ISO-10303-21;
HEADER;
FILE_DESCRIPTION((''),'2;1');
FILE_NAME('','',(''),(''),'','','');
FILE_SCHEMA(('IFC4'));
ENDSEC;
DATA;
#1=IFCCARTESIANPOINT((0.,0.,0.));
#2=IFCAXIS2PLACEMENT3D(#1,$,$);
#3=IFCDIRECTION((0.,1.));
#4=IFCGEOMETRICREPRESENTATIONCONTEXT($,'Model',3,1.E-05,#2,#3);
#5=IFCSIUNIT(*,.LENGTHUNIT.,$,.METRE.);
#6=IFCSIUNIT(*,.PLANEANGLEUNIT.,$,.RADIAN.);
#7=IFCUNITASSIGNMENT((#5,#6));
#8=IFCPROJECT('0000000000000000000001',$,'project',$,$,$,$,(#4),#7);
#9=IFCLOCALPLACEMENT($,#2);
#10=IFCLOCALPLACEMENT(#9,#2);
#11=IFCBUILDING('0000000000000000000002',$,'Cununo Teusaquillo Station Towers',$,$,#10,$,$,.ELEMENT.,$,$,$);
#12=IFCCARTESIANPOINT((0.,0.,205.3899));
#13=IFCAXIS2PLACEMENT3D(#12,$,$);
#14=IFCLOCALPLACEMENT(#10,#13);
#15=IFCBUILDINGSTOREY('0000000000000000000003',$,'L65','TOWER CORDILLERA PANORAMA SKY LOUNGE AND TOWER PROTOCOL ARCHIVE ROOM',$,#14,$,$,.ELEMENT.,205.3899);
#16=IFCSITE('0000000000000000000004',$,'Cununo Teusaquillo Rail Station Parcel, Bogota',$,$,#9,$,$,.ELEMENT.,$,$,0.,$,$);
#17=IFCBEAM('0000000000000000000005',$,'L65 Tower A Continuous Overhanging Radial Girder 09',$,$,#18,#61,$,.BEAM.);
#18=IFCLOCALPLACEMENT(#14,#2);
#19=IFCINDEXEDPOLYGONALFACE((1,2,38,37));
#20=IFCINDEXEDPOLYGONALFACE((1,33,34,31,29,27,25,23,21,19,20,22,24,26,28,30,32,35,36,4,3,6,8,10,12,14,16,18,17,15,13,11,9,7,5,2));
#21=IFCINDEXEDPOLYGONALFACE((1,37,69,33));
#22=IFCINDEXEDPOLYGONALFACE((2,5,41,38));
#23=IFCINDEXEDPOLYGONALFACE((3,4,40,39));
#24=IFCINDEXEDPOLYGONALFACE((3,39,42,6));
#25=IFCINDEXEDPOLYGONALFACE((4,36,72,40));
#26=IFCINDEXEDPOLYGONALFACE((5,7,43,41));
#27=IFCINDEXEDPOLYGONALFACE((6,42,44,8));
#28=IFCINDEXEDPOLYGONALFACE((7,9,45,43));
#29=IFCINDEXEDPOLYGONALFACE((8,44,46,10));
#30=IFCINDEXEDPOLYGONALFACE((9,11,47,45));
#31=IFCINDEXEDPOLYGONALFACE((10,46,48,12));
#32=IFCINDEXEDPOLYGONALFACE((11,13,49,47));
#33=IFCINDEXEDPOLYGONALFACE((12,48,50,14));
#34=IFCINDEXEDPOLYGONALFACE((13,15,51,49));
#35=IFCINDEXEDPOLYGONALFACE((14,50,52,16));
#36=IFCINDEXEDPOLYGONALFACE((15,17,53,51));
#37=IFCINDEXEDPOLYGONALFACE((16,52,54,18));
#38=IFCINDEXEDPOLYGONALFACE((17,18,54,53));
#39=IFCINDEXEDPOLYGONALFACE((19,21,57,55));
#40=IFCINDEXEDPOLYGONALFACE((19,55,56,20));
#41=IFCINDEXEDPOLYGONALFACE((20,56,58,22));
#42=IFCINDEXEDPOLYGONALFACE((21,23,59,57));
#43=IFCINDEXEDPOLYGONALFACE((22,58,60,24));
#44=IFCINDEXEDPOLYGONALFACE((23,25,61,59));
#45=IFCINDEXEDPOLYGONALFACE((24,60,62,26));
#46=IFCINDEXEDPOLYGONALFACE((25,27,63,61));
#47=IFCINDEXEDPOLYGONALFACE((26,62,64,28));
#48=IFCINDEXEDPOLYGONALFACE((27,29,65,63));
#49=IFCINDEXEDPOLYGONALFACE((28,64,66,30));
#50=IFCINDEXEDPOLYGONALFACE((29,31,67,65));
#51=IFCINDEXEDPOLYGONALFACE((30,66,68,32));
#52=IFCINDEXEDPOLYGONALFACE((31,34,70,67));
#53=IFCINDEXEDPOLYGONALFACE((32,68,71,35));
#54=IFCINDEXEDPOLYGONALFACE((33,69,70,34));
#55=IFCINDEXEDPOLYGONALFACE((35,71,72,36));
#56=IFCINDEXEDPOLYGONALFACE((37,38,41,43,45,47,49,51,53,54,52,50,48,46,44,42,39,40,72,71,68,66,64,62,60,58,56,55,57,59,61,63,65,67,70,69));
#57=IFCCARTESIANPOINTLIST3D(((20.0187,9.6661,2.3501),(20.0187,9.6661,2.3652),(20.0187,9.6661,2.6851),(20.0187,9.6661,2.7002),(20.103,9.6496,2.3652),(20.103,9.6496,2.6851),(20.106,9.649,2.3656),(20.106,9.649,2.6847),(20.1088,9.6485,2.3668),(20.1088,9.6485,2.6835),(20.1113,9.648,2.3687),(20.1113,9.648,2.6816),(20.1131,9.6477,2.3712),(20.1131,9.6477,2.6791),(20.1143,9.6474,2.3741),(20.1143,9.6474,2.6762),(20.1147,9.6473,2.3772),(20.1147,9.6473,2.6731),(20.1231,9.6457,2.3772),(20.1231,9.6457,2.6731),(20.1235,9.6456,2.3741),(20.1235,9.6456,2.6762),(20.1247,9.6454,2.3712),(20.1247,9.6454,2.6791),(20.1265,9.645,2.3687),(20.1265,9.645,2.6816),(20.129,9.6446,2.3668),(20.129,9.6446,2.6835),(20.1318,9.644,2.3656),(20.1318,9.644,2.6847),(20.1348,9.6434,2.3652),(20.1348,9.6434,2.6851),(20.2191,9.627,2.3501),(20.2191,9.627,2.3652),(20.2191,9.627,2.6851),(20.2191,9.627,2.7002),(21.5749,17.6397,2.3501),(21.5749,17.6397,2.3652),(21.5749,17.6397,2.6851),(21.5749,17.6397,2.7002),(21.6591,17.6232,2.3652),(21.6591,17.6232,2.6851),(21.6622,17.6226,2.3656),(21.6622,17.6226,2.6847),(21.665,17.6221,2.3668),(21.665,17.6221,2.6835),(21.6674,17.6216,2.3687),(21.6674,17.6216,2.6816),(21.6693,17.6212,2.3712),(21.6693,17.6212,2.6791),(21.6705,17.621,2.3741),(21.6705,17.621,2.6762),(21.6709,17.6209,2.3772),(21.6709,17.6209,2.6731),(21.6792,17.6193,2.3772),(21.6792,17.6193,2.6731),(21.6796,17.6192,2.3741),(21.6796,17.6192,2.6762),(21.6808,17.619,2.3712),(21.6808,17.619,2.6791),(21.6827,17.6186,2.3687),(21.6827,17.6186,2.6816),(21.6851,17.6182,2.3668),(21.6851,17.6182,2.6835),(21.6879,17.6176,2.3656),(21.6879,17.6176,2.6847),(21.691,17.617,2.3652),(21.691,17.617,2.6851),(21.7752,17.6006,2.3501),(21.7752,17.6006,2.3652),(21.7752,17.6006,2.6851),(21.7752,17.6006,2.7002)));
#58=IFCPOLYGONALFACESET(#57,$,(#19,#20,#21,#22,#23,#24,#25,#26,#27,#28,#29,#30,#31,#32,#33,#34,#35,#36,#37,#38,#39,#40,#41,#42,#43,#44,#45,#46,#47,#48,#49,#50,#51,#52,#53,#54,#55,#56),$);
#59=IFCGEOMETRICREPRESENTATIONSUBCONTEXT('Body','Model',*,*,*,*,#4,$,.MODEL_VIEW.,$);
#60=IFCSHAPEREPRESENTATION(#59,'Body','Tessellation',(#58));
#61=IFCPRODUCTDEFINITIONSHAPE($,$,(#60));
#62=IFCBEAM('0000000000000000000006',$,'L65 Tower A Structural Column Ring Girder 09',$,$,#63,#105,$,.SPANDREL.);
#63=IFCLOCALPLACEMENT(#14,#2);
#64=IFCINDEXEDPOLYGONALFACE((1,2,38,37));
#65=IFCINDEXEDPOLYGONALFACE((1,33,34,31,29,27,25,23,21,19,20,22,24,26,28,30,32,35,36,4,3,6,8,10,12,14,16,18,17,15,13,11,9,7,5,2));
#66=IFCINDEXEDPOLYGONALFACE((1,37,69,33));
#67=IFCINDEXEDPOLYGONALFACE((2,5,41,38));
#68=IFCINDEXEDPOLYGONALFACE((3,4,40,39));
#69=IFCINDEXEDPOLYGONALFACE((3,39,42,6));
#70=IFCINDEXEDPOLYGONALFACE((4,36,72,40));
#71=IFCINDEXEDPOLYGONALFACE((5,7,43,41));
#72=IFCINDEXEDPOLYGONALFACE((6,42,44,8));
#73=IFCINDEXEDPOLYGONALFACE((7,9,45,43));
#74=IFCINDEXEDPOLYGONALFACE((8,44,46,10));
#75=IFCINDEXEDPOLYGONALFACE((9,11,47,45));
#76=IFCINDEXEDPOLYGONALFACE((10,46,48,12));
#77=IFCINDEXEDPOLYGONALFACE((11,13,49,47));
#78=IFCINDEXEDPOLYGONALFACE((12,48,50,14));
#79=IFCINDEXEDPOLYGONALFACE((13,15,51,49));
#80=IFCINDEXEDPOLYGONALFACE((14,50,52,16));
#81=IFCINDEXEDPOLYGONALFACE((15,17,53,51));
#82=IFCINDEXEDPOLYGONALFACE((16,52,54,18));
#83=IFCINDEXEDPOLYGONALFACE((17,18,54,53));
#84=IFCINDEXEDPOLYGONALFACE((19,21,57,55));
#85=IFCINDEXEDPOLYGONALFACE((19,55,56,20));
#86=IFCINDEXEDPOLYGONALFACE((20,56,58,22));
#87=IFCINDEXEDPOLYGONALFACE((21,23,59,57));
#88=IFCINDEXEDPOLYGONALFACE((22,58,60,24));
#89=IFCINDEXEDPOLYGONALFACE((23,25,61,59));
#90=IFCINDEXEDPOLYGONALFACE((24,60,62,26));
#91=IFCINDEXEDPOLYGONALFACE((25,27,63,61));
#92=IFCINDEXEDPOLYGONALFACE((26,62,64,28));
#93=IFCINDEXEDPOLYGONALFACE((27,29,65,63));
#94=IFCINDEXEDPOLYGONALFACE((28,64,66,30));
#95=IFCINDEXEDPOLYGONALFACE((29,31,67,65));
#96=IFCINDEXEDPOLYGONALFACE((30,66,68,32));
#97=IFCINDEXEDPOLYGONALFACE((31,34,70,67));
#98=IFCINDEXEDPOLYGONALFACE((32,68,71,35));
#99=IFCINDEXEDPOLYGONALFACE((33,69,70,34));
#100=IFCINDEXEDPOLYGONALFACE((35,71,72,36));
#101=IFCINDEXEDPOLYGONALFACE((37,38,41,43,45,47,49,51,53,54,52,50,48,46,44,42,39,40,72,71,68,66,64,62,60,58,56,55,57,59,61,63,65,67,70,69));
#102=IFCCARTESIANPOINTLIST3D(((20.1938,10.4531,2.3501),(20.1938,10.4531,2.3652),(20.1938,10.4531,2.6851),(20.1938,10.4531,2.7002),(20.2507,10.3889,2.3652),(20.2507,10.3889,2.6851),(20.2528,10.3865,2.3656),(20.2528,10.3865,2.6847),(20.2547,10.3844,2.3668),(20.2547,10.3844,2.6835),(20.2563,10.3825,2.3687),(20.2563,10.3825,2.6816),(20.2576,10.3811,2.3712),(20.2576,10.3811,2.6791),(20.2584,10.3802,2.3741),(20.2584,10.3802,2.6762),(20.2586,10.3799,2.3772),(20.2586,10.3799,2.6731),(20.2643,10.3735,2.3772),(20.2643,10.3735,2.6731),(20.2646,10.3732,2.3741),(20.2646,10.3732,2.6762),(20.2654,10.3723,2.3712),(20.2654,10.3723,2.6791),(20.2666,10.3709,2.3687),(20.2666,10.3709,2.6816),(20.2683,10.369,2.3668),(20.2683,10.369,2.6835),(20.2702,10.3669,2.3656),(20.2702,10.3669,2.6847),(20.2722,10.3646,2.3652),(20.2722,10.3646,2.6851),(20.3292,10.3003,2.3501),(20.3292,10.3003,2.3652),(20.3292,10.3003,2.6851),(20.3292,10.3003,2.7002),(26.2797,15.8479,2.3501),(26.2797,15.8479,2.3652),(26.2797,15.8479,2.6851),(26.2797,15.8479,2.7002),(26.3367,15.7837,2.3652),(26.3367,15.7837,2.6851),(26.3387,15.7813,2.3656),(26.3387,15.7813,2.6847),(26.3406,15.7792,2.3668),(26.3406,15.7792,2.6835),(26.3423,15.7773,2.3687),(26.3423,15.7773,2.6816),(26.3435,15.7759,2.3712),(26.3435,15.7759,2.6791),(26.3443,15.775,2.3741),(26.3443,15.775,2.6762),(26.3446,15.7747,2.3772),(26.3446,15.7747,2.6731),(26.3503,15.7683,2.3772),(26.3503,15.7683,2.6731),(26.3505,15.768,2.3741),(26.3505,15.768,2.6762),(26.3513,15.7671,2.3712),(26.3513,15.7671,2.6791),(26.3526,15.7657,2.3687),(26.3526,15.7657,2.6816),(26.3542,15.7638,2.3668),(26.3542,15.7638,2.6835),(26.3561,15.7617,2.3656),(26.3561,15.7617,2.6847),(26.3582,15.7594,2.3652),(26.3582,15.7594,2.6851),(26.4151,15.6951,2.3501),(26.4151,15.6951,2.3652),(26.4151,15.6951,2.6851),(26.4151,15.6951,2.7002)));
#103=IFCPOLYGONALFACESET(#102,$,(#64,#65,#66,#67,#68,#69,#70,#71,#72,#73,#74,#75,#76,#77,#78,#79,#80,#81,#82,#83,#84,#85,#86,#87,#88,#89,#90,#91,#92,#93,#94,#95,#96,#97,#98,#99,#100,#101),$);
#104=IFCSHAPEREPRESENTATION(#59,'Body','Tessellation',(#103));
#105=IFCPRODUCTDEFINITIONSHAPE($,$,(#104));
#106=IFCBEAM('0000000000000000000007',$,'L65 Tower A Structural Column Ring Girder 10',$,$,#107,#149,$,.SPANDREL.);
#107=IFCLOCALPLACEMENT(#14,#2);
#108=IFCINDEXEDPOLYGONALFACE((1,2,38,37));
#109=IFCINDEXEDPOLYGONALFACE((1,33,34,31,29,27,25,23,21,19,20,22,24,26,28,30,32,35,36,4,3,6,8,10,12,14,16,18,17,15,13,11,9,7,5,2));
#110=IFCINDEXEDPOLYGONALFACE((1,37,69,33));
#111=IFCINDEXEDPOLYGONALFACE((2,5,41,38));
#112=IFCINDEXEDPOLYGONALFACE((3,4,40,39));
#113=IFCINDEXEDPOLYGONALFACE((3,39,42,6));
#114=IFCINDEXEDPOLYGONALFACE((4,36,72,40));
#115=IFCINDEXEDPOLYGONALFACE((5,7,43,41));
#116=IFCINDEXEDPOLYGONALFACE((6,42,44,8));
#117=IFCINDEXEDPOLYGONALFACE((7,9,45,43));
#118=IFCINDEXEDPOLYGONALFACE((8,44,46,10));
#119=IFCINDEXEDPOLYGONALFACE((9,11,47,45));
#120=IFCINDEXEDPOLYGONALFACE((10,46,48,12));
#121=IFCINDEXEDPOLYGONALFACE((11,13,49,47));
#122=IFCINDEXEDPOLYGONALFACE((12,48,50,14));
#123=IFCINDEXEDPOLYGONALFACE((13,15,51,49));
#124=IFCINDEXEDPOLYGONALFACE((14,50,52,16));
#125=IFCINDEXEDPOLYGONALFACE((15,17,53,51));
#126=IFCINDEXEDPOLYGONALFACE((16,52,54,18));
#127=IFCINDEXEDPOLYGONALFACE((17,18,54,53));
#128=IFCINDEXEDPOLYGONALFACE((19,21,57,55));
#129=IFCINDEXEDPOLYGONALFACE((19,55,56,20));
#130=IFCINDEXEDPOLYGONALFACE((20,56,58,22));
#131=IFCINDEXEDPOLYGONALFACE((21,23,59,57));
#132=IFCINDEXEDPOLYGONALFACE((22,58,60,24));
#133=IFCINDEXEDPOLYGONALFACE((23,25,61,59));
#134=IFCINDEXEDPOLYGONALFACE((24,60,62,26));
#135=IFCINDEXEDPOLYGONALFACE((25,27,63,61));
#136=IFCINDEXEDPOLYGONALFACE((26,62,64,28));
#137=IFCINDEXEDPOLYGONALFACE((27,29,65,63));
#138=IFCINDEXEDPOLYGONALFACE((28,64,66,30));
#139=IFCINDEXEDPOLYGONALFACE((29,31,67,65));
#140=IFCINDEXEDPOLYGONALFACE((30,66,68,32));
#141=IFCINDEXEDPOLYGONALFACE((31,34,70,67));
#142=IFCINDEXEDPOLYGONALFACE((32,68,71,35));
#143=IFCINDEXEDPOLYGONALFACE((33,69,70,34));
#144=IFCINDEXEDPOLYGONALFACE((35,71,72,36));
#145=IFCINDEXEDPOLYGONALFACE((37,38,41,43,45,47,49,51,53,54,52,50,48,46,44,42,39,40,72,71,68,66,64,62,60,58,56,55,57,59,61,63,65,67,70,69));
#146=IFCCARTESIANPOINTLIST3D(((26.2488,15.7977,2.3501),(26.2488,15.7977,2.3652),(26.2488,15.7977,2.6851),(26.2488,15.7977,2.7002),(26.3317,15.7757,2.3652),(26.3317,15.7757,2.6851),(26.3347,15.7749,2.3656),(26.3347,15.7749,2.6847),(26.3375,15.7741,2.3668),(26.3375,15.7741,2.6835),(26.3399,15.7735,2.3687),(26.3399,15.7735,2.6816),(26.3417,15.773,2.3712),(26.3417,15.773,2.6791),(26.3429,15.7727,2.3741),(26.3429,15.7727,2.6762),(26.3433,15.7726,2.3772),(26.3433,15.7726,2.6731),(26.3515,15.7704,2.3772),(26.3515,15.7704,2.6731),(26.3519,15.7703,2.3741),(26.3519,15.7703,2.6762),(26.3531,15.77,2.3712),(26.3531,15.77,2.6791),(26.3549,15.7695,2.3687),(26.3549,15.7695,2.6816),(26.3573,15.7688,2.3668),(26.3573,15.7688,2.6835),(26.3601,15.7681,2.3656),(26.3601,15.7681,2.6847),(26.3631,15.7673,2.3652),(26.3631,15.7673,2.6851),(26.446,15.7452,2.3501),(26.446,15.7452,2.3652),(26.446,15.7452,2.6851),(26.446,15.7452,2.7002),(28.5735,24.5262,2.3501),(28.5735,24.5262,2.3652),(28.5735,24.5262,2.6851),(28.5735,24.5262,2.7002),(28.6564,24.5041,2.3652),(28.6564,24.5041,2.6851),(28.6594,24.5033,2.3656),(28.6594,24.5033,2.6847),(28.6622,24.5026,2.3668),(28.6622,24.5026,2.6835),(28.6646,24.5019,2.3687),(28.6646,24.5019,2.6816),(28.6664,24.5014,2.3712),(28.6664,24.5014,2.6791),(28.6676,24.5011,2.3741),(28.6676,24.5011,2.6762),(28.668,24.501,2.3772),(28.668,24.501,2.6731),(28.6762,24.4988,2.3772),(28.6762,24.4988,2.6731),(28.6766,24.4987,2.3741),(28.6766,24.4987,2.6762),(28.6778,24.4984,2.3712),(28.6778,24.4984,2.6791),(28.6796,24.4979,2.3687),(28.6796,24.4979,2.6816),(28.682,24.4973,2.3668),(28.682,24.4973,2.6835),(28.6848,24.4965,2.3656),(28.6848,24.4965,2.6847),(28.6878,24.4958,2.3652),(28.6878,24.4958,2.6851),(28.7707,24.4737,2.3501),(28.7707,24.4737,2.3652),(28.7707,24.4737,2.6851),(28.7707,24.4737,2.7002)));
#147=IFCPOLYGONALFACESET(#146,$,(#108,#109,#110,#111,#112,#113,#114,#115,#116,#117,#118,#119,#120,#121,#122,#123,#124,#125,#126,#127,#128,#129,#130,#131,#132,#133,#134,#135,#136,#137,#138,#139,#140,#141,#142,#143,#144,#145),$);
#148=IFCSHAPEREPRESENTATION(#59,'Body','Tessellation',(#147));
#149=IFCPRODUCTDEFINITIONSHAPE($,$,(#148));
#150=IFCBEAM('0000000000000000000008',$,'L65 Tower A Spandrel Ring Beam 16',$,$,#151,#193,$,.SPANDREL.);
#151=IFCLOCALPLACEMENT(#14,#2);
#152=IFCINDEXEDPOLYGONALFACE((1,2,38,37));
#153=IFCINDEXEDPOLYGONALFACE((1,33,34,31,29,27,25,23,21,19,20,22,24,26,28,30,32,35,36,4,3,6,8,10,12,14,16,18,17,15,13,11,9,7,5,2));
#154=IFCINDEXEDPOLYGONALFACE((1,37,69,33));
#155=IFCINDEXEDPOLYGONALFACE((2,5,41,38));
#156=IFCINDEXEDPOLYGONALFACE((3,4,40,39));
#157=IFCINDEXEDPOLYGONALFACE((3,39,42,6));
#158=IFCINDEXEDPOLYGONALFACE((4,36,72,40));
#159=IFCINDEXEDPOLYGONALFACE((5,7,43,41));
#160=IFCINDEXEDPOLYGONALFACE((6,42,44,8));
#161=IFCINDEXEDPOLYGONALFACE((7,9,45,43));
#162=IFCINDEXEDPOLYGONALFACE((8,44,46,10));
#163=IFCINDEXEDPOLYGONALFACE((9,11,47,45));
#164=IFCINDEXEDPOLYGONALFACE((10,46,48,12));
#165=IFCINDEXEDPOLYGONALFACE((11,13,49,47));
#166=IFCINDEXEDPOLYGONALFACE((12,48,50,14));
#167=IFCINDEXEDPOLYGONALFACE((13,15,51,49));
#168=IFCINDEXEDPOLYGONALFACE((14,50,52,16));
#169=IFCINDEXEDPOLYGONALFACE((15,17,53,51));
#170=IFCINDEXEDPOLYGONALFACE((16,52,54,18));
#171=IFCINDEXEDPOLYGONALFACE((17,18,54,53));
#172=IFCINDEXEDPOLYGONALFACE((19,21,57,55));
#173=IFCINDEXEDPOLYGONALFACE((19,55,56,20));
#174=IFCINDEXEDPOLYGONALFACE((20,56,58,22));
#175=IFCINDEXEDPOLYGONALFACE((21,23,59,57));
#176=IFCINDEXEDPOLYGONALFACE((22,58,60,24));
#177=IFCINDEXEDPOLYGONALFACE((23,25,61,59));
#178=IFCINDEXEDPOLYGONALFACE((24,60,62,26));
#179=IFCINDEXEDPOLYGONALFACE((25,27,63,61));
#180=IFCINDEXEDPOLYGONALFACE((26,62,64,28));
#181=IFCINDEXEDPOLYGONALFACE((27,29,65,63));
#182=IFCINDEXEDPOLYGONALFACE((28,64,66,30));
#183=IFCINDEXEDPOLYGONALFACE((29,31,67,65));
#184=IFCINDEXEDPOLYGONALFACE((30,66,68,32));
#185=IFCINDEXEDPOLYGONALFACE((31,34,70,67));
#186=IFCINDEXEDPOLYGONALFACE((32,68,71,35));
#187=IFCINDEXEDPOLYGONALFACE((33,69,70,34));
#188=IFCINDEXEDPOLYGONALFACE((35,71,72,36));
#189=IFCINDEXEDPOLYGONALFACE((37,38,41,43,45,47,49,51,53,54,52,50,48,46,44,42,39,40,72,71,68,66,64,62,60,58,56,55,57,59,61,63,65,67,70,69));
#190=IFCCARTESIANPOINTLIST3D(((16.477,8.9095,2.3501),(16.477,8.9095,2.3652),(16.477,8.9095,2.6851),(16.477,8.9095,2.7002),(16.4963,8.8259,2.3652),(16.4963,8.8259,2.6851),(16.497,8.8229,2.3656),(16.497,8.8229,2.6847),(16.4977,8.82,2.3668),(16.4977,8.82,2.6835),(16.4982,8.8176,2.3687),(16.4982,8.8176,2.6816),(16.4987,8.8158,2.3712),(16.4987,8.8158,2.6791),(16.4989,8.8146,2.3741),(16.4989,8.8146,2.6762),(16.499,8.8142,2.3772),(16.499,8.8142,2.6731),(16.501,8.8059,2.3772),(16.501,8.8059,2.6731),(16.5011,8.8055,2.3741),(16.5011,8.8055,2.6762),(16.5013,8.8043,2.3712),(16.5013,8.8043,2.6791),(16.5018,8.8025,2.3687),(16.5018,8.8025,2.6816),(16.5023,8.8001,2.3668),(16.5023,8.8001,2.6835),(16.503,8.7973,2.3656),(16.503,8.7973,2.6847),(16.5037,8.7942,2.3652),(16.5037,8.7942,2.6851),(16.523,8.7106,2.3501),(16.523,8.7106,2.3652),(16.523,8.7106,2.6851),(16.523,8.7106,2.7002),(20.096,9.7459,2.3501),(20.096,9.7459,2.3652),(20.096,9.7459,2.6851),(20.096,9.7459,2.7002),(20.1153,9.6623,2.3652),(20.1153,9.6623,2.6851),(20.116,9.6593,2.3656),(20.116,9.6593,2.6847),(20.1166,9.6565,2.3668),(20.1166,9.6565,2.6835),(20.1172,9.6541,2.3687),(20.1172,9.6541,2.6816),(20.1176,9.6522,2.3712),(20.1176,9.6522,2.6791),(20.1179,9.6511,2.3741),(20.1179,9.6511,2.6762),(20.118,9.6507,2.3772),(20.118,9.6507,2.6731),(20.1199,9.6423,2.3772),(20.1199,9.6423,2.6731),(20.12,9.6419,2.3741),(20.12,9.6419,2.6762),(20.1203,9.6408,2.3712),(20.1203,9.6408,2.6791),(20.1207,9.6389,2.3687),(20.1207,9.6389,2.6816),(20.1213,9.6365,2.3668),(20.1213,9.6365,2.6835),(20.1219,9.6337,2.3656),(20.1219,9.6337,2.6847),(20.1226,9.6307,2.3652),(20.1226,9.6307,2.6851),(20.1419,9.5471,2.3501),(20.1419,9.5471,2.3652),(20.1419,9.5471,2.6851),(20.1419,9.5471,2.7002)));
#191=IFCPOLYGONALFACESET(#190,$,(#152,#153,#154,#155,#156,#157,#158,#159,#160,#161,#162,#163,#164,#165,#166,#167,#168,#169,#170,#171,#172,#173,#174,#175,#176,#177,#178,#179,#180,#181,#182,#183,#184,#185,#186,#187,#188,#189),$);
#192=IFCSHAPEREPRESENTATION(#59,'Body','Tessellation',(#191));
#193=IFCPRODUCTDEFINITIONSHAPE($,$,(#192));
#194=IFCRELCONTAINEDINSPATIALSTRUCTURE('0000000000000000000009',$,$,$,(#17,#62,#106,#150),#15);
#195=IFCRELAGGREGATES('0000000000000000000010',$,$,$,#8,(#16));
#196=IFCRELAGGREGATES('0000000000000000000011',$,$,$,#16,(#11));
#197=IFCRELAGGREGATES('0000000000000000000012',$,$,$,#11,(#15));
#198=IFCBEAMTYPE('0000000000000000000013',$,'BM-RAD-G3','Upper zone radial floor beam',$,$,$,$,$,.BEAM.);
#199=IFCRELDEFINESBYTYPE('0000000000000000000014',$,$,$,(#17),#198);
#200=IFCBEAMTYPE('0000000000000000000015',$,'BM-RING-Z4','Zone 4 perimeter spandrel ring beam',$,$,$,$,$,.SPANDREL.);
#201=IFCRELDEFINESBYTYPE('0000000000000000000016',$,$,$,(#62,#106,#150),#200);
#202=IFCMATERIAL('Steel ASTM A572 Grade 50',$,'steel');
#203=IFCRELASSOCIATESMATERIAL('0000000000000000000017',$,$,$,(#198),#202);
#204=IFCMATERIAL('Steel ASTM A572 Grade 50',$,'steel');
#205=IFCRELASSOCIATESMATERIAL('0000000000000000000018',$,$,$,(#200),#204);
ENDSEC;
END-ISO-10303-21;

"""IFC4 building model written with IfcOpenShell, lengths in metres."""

from ifc_helpers import new_model, si_unit, direction, frame, origin, origin_2d, place, context, subcontext, project, spatial, i_section, extrude, material, material_profile, profile_set, type_object, element, save


model = new_model("IFC4")

# Units and contexts
model_context = context("Model", 3, precision=1e-05, world=origin(), true_north=direction((0.0, 1.0)))
body_context = subcontext(model_context, "Body", "Model", "MODEL_VIEW")
ifc_project = project(units=[si_unit("LENGTHUNIT", "METRE"), si_unit("PLANEANGLEUNIT", "RADIAN")], contexts=[model_context])

# Site, building, storey
site_placement = place(None, origin())
site = spatial("IfcSite", under=ifc_project, at=site_placement, Name="Cununo Teusaquillo Rail Station Parcel, Bogota", CompositionType="ELEMENT", RefElevation=0.0)
building_placement = place(site_placement, origin())
building = spatial("IfcBuilding", under=site, at=building_placement, Name="Cununo Teusaquillo Station Towers", CompositionType="ELEMENT")
storey_placement = place(building_placement, frame((0.0, 0.0, 205.3899)))
storey = spatial("IfcBuildingStorey", under=building, at=storey_placement, Name="L65", Description="TOWER CORDILLERA PANORAMA SKY LOUNGE AND TOWER PROTOCOL ARCHIVE ROOM", CompositionType="ELEMENT", Elevation=205.3899)

# Beams
ifc_material_1 = material(Name="Steel ASTM A572 Grade 50", Category="steel")
ifc_material_profile_1 = material_profile(ifc_material_1, i_section(OverallWidth=0.2041, OverallDepth=0.3501, WebThickness=0.0085, FlangeThickness=0.0151, FilletRadius=0.012, at=origin_2d()), Name="W14X48")
ifc_profile_set_1 = profile_set([ifc_material_profile_1], Name="Steel ASTM A572 Grade 50")
beam_type_1 = type_object("IfcBeamType", Name="BM-RAD-G3", Description="Upper zone radial floor beam", PredefinedType="BEAM", material=ifc_profile_set_1)
beam_1_placement = place(storey_placement, frame((21.675, 17.6201, 2.5251), z_axis=(-0.191548, -0.981483, 0.0), x_axis=(0.981483, -0.191548, 0.0)))
element("IfcBeam", 1, at=beam_1_placement, inside=storey, type_object=beam_type_1, Name="L65 Tower A Continuous Overhanging Radial Girder 09", PredefinedType="BEAM", context=body_context, shape_type="SweptSolid", body=[
    extrude(i_section(OverallWidth=0.2041, OverallDepth=0.3501, WebThickness=0.0085, FlangeThickness=0.0151, FilletRadius=0.012, at=origin_2d()), origin(), (0.0, 0.0, 1.0), 8.124),
])
ifc_material_2 = material(Name="Steel ASTM A572 Grade 50", Category="steel")
ifc_material_profile_2 = material_profile(ifc_material_2, i_section(OverallWidth=0.2041, OverallDepth=0.3501, WebThickness=0.0085, FlangeThickness=0.0151, FilletRadius=0.012, at=origin_2d()), Name="W14X48")
ifc_profile_set_2 = profile_set([ifc_material_profile_2], Name="Steel ASTM A572 Grade 50")
beam_type_2 = type_object("IfcBeamType", Name="BM-RING-Z4", Description="Zone 4 perimeter spandrel ring beam", PredefinedType="SPANDREL", material=ifc_profile_set_2)
beam_2_placement = place(storey_placement, frame((20.2615, 10.3767, 2.5251), z_axis=(0.748321, 0.663337, 0.0), x_axis=(-0.663337, 0.748321, 0.0)))
element("IfcBeam", 2, at=beam_2_placement, inside=storey, type_object=beam_type_2, Name="L65 Tower A Structural Column Ring Girder 09", PredefinedType="SPANDREL", context=body_context, shape_type="SweptSolid", body=[
    extrude(i_section(OverallWidth=0.2041, OverallDepth=0.3501, WebThickness=0.0085, FlangeThickness=0.0151, FilletRadius=0.012, at=origin_2d()), origin(), (0.0, 0.0, 1.0), 8.1328),
])
beam_3_placement = place(storey_placement, frame((26.3474, 15.7715, 2.5251), z_axis=(0.257363, 0.966315, 0.0), x_axis=(-0.966315, 0.257363, 0.0)))
element("IfcBeam", 3, at=beam_3_placement, inside=storey, type_object=beam_type_2, Name="L65 Tower A Structural Column Ring Girder 10", PredefinedType="SPANDREL", context=body_context, shape_type="SweptSolid", body=[
    extrude(i_section(OverallWidth=0.2041, OverallDepth=0.3501, WebThickness=0.0085, FlangeThickness=0.0151, FilletRadius=0.012, at=origin_2d()), origin(), (0.0, 0.0, 1.0), 9.0327),
])
beam_4_placement = place(storey_placement, frame((16.5, 8.8101, 2.5251), z_axis=(0.974315, 0.225191, 0.0), x_axis=(-0.225191, 0.974315, 0.0)))
element("IfcBeam", 4, at=beam_4_placement, inside=storey, type_object=beam_type_2, Name="L65 Tower A Spandrel Ring Beam 16", PredefinedType="SPANDREL", context=body_context, shape_type="SweptSolid", body=[
    extrude(i_section(OverallWidth=0.2041, OverallDepth=0.3501, WebThickness=0.0085, FlangeThickness=0.0151, FilletRadius=0.012, at=origin_2d()), origin(), (0.0, 0.0, 1.0), 3.7144),
])

save(model, "model.ifc")
